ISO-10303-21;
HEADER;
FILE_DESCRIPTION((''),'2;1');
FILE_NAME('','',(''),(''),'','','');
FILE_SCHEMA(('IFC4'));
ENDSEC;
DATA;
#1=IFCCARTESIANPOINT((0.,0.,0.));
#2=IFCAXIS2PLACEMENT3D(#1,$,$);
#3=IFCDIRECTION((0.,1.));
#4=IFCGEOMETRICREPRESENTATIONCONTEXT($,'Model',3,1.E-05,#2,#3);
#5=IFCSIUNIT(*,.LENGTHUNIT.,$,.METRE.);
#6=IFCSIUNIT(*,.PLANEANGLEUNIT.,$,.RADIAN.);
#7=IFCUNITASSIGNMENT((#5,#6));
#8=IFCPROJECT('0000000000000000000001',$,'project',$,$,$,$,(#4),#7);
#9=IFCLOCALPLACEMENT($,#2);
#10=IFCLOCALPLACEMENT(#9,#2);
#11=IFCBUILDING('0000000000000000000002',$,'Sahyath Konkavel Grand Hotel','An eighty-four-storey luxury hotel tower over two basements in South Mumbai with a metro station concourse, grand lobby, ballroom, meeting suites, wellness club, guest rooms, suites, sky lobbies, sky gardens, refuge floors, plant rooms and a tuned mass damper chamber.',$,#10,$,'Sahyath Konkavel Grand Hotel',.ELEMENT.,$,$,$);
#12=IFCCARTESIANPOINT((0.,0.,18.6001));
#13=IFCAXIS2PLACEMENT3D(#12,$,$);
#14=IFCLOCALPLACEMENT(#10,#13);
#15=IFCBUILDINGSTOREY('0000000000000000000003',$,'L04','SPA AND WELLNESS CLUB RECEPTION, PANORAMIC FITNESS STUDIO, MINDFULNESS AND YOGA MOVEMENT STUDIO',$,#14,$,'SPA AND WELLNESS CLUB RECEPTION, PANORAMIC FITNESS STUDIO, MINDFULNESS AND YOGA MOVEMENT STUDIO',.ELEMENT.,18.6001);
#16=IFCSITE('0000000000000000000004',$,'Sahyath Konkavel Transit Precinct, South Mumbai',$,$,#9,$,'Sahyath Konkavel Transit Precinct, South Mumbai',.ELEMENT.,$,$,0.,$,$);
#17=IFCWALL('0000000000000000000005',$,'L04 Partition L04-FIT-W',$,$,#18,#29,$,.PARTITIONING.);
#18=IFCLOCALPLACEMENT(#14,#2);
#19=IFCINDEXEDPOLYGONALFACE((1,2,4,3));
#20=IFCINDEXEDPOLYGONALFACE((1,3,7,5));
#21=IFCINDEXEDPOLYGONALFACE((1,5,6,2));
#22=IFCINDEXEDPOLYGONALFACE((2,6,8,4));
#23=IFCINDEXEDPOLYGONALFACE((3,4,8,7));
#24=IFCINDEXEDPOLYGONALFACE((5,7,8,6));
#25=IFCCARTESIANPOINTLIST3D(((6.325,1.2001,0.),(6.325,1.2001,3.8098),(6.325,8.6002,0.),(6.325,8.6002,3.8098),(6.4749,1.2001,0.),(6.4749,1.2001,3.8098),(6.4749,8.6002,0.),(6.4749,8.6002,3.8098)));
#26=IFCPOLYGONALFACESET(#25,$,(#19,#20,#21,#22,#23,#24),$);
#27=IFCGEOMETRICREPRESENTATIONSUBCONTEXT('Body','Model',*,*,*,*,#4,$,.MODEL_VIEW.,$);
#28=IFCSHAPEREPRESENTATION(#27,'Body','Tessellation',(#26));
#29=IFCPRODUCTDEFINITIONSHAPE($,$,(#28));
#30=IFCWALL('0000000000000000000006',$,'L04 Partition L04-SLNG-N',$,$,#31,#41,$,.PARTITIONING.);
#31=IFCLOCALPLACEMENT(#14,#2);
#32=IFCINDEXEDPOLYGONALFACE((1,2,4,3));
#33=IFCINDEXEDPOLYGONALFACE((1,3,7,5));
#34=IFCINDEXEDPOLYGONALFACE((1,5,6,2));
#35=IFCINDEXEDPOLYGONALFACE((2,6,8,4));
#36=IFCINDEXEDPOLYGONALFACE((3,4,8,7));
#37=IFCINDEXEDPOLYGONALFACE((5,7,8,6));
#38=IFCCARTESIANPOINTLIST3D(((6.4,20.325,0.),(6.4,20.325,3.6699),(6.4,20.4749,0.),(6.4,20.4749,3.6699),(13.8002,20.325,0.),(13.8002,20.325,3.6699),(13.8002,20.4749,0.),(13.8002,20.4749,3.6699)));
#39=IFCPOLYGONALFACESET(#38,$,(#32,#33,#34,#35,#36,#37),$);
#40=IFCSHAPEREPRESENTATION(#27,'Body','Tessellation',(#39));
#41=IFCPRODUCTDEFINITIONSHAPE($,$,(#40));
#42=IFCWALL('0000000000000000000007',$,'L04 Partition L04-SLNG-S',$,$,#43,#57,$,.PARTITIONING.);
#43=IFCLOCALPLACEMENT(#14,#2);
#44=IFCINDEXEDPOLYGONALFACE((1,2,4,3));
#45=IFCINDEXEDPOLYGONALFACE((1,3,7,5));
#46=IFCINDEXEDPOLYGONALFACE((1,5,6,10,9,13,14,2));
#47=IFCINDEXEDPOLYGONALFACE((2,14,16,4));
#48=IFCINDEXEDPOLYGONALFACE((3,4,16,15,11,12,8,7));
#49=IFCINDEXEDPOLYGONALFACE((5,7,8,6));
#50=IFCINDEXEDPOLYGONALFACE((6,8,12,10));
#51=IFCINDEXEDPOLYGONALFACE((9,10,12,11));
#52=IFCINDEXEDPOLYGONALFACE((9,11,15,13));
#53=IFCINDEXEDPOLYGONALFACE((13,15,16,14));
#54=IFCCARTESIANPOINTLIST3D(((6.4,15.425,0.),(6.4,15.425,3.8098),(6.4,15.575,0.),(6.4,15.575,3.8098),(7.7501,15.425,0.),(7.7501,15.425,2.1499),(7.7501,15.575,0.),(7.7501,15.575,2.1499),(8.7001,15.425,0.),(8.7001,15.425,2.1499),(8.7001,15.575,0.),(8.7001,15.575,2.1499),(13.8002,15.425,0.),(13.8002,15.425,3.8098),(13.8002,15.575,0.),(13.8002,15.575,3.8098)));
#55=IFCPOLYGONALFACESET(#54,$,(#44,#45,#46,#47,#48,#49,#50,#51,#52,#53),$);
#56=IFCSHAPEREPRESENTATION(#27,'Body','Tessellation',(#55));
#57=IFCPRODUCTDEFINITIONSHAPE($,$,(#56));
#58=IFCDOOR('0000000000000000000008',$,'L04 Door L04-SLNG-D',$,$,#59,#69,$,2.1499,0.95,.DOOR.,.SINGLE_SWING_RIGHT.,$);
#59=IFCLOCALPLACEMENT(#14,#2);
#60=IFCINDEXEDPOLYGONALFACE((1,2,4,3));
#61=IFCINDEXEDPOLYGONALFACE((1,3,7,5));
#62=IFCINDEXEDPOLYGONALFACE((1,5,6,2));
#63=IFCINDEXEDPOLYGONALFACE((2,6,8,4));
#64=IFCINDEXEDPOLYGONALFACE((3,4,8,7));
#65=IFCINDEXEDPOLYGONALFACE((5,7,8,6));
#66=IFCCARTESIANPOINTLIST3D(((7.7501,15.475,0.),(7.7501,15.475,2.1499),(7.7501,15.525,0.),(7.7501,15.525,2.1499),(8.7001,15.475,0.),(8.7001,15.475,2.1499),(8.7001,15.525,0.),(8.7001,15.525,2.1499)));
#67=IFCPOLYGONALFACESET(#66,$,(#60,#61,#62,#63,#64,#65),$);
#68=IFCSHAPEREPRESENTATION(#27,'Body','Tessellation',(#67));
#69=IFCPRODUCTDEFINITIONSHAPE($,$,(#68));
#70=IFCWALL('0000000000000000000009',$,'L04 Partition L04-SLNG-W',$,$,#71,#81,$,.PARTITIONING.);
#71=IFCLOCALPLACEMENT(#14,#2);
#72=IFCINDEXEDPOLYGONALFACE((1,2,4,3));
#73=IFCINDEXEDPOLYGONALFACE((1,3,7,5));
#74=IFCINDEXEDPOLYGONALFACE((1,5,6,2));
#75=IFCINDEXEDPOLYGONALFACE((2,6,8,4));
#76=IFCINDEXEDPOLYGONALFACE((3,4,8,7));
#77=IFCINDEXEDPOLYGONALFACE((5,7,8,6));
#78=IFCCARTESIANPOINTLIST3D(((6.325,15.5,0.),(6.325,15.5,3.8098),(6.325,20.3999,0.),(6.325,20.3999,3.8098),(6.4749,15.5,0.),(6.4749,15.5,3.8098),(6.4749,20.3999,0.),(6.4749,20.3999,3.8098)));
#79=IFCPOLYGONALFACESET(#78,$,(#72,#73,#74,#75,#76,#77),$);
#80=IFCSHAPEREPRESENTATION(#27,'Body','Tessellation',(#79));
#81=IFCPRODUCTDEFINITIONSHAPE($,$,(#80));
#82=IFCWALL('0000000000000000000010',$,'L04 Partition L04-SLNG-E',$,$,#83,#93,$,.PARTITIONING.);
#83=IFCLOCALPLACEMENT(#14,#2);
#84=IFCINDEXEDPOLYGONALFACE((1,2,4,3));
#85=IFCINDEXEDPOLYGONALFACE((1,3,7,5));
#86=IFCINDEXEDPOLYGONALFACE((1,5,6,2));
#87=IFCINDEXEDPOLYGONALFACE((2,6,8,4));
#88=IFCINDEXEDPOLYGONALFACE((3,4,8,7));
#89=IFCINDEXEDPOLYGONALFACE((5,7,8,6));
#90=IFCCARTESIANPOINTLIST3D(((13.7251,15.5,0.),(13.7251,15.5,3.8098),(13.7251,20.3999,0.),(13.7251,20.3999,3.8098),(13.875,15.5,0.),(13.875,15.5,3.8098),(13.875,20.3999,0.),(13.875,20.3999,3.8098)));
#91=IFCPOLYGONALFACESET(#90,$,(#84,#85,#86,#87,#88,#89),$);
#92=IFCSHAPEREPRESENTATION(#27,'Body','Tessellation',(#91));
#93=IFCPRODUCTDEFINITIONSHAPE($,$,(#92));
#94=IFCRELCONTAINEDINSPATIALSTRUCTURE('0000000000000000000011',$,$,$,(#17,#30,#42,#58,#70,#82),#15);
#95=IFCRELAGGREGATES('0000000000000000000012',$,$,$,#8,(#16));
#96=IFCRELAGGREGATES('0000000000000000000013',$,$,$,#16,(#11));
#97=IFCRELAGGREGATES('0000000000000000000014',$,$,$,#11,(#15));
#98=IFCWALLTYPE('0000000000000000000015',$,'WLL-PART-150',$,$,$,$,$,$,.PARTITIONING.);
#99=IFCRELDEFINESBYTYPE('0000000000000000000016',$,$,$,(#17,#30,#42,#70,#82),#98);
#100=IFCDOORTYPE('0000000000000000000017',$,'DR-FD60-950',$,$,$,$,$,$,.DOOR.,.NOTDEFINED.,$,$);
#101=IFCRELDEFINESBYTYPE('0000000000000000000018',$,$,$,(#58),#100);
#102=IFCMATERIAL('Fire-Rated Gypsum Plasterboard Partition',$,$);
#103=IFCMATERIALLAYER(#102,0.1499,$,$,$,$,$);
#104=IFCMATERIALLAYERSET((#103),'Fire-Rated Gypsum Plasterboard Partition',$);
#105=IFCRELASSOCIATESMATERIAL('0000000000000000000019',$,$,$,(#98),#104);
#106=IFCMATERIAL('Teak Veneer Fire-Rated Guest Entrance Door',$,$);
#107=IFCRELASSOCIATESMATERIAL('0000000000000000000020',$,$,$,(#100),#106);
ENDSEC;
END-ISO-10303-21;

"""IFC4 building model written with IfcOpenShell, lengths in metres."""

from ifc_helpers import new_model, si_unit, direction, frame, frame_2d, origin, origin_2d, place, context, subcontext, project, spatial, rectangle, extrude, source, transform, mapped, material, layer, layer_set, type_object, element, fill, save


model = new_model("IFC4")

# Units and contexts
model_context = context("Model", 3, precision=1e-05, world=origin(), true_north=direction((0.0, 1.0)))
body_context = subcontext(model_context, "Body", "Model", "MODEL_VIEW")
ifc_project = project(units=[si_unit("LENGTHUNIT", "METRE"), si_unit("PLANEANGLEUNIT", "RADIAN")], contexts=[model_context])

# Site, building, storey
site_placement = place(None, origin())
site = spatial("IfcSite", under=ifc_project, at=site_placement, Name="Sahyath Konkavel Transit Precinct, South Mumbai", LongName="Sahyath Konkavel Transit Precinct, South Mumbai", CompositionType="ELEMENT", RefElevation=0.0)
building_placement = place(site_placement, origin())
building = spatial("IfcBuilding", under=site, at=building_placement, Name="Sahyath Konkavel Grand Hotel", Description="An eighty-four-storey luxury hotel tower over two basements in South Mumbai with a metro station concourse, grand lobby, ballroom, meeting suites, wellness club, guest rooms, suites, sky lobbies, sky gardens, refuge floors, plant rooms and a tuned mass damper chamber.", LongName="Sahyath Konkavel Grand Hotel", CompositionType="ELEMENT")
storey_placement = place(building_placement, frame((0.0, 0.0, 18.6001)))
storey = spatial("IfcBuildingStorey", under=building, at=storey_placement, Name="L04", Description="SPA AND WELLNESS CLUB RECEPTION, PANORAMIC FITNESS STUDIO, MINDFULNESS AND YOGA MOVEMENT STUDIO", LongName="SPA AND WELLNESS CLUB RECEPTION, PANORAMIC FITNESS STUDIO, MINDFULNESS AND YOGA MOVEMENT STUDIO", CompositionType="ELEMENT", Elevation=18.6001)

# Shared definitions
ifc_material_1 = material(Name="Fire-Rated Gypsum Plasterboard Partition")
ifc_layer_1 = layer(ifc_material_1, 0.1499)
ifc_layer_set_1 = layer_set([ifc_layer_1], Name="Fire-Rated Gypsum Plasterboard Partition")
wall_type_1 = type_object("IfcWallType", Name="WLL-PART-150", PredefinedType="PARTITIONING", material=ifc_layer_set_1)

# Shared definitions
ifc_material_2 = material(Name="Teak Veneer Fire-Rated Guest Entrance Door")
door_type = type_object("IfcDoorType", Name="DR-FD60-950", OperationType="NOTDEFINED", PredefinedType="DOOR", material=ifc_material_2)
shared_shape_1 = source(origin(), body_context, "Body", "SweptSolid", [
    extrude(rectangle(XDim=0.95, YDim=0.05, at=origin_2d()), origin(), (0.0, 0.0, 1.0), 2.1499),
])

# Walls
wall_1_placement = place(storey_placement, frame((6.3999, 1.2, 0.0), z_axis=(0.0, 0.0, 1.0), x_axis=(0.0, 1.0, 0.0)))
element("IfcWall", 1, at=wall_1_placement, inside=storey, type_object=wall_type_1, Name="L04 Partition L04-FIT-W", PredefinedType="PARTITIONING", context=body_context, shape_type="SweptSolid", body=[
    extrude(rectangle(XDim=7.4001, YDim=0.1499, at=frame_2d((3.7002, 0.0))), origin(), (0.0, 0.0, 1.0), 3.8098),
])
wall_2_placement = place(storey_placement, frame((6.3999, 20.3999, 0.0), z_axis=(0.0, 0.0, 1.0), x_axis=(1.0, 0.0, 0.0)))
element("IfcWall", 2, at=wall_2_placement, inside=storey, type_object=wall_type_1, Name="L04 Partition L04-SLNG-N", PredefinedType="PARTITIONING", context=body_context, shape_type="SweptSolid", body=[
    extrude(rectangle(XDim=7.4001, YDim=0.1499, at=frame_2d((3.7002, 0.0))), origin(), (0.0, 0.0, 1.0), 3.6699),
])

# Wall, opening, door
wall_3_placement = place(storey_placement, frame((6.3999, 15.5, 0.0), z_axis=(0.0, 0.0, 1.0), x_axis=(1.0, 0.0, 0.0)))
wall_3 = element("IfcWall", 3, at=wall_3_placement, inside=storey, type_object=wall_type_1, Name="L04 Partition L04-SLNG-S", PredefinedType="PARTITIONING", context=body_context, shape_type="SweptSolid", body=[
    extrude(rectangle(XDim=7.4001, YDim=0.1499, at=frame_2d((3.7002, 0.0))), origin(), (0.0, 0.0, 1.0), 3.8098),
])
opening_1_placement = place(wall_3_placement, frame((1.3501, 0.0, 0.0)))
opening_1 = element("IfcOpeningElement", 4, at=opening_1_placement, cuts=wall_3, PredefinedType="OPENING", context=body_context, shape_type="SweptSolid", body=[
    extrude(rectangle(XDim=0.95, YDim=2.1499, at=frame_2d((0.4751, 1.075))), frame((0.0, 0.085, 0.0), z_axis=(0.0, -1.0, 0.0), x_axis=(1.0, 0.0, 0.0)), (0.0, 0.0, 1.0), 0.1699),
])
door_1_placement = place(opening_1_placement, frame((0.4751, 0.0, 0.0)))
door_1 = element("IfcDoor", 5, at=door_1_placement, inside=storey, type_object=door_type, Name="L04 Door L04-SLNG-D", OperationType="SINGLE_SWING_RIGHT", OverallHeight=2.1499, OverallWidth=0.95, PredefinedType="DOOR", context=body_context, shape_type="MappedRepresentation", body=[
    mapped(shared_shape_1, transform((0.0, 0.0, 0.0), scale=1.0)),
])
fill(opening_1, door_1)

# Walls
for number, where, z_axis, x_axis, name in (
    (6, (6.3999, 15.5, 0.0), (0.0, 0.0, 1.0), (0.0, 1.0, 0.0), "L04 Partition L04-SLNG-W"),
    (7, (13.8, 15.5, 0.0), (0.0, 0.0, 1.0), (0.0, 1.0, 0.0), "L04 Partition L04-SLNG-E"),
):
    element("IfcWall", number, at=place(storey_placement, frame(where, z_axis=z_axis, x_axis=x_axis)), inside=storey, type_object=wall_type_1, Name=name, PredefinedType="PARTITIONING", context=body_context, shape_type="SweptSolid", body=[
        extrude(rectangle(XDim=4.8999, YDim=0.1499, at=frame_2d((2.45, 0.0))), origin(), (0.0, 0.0, 1.0), 3.8098),
    ])

save(model, "model.ifc")
